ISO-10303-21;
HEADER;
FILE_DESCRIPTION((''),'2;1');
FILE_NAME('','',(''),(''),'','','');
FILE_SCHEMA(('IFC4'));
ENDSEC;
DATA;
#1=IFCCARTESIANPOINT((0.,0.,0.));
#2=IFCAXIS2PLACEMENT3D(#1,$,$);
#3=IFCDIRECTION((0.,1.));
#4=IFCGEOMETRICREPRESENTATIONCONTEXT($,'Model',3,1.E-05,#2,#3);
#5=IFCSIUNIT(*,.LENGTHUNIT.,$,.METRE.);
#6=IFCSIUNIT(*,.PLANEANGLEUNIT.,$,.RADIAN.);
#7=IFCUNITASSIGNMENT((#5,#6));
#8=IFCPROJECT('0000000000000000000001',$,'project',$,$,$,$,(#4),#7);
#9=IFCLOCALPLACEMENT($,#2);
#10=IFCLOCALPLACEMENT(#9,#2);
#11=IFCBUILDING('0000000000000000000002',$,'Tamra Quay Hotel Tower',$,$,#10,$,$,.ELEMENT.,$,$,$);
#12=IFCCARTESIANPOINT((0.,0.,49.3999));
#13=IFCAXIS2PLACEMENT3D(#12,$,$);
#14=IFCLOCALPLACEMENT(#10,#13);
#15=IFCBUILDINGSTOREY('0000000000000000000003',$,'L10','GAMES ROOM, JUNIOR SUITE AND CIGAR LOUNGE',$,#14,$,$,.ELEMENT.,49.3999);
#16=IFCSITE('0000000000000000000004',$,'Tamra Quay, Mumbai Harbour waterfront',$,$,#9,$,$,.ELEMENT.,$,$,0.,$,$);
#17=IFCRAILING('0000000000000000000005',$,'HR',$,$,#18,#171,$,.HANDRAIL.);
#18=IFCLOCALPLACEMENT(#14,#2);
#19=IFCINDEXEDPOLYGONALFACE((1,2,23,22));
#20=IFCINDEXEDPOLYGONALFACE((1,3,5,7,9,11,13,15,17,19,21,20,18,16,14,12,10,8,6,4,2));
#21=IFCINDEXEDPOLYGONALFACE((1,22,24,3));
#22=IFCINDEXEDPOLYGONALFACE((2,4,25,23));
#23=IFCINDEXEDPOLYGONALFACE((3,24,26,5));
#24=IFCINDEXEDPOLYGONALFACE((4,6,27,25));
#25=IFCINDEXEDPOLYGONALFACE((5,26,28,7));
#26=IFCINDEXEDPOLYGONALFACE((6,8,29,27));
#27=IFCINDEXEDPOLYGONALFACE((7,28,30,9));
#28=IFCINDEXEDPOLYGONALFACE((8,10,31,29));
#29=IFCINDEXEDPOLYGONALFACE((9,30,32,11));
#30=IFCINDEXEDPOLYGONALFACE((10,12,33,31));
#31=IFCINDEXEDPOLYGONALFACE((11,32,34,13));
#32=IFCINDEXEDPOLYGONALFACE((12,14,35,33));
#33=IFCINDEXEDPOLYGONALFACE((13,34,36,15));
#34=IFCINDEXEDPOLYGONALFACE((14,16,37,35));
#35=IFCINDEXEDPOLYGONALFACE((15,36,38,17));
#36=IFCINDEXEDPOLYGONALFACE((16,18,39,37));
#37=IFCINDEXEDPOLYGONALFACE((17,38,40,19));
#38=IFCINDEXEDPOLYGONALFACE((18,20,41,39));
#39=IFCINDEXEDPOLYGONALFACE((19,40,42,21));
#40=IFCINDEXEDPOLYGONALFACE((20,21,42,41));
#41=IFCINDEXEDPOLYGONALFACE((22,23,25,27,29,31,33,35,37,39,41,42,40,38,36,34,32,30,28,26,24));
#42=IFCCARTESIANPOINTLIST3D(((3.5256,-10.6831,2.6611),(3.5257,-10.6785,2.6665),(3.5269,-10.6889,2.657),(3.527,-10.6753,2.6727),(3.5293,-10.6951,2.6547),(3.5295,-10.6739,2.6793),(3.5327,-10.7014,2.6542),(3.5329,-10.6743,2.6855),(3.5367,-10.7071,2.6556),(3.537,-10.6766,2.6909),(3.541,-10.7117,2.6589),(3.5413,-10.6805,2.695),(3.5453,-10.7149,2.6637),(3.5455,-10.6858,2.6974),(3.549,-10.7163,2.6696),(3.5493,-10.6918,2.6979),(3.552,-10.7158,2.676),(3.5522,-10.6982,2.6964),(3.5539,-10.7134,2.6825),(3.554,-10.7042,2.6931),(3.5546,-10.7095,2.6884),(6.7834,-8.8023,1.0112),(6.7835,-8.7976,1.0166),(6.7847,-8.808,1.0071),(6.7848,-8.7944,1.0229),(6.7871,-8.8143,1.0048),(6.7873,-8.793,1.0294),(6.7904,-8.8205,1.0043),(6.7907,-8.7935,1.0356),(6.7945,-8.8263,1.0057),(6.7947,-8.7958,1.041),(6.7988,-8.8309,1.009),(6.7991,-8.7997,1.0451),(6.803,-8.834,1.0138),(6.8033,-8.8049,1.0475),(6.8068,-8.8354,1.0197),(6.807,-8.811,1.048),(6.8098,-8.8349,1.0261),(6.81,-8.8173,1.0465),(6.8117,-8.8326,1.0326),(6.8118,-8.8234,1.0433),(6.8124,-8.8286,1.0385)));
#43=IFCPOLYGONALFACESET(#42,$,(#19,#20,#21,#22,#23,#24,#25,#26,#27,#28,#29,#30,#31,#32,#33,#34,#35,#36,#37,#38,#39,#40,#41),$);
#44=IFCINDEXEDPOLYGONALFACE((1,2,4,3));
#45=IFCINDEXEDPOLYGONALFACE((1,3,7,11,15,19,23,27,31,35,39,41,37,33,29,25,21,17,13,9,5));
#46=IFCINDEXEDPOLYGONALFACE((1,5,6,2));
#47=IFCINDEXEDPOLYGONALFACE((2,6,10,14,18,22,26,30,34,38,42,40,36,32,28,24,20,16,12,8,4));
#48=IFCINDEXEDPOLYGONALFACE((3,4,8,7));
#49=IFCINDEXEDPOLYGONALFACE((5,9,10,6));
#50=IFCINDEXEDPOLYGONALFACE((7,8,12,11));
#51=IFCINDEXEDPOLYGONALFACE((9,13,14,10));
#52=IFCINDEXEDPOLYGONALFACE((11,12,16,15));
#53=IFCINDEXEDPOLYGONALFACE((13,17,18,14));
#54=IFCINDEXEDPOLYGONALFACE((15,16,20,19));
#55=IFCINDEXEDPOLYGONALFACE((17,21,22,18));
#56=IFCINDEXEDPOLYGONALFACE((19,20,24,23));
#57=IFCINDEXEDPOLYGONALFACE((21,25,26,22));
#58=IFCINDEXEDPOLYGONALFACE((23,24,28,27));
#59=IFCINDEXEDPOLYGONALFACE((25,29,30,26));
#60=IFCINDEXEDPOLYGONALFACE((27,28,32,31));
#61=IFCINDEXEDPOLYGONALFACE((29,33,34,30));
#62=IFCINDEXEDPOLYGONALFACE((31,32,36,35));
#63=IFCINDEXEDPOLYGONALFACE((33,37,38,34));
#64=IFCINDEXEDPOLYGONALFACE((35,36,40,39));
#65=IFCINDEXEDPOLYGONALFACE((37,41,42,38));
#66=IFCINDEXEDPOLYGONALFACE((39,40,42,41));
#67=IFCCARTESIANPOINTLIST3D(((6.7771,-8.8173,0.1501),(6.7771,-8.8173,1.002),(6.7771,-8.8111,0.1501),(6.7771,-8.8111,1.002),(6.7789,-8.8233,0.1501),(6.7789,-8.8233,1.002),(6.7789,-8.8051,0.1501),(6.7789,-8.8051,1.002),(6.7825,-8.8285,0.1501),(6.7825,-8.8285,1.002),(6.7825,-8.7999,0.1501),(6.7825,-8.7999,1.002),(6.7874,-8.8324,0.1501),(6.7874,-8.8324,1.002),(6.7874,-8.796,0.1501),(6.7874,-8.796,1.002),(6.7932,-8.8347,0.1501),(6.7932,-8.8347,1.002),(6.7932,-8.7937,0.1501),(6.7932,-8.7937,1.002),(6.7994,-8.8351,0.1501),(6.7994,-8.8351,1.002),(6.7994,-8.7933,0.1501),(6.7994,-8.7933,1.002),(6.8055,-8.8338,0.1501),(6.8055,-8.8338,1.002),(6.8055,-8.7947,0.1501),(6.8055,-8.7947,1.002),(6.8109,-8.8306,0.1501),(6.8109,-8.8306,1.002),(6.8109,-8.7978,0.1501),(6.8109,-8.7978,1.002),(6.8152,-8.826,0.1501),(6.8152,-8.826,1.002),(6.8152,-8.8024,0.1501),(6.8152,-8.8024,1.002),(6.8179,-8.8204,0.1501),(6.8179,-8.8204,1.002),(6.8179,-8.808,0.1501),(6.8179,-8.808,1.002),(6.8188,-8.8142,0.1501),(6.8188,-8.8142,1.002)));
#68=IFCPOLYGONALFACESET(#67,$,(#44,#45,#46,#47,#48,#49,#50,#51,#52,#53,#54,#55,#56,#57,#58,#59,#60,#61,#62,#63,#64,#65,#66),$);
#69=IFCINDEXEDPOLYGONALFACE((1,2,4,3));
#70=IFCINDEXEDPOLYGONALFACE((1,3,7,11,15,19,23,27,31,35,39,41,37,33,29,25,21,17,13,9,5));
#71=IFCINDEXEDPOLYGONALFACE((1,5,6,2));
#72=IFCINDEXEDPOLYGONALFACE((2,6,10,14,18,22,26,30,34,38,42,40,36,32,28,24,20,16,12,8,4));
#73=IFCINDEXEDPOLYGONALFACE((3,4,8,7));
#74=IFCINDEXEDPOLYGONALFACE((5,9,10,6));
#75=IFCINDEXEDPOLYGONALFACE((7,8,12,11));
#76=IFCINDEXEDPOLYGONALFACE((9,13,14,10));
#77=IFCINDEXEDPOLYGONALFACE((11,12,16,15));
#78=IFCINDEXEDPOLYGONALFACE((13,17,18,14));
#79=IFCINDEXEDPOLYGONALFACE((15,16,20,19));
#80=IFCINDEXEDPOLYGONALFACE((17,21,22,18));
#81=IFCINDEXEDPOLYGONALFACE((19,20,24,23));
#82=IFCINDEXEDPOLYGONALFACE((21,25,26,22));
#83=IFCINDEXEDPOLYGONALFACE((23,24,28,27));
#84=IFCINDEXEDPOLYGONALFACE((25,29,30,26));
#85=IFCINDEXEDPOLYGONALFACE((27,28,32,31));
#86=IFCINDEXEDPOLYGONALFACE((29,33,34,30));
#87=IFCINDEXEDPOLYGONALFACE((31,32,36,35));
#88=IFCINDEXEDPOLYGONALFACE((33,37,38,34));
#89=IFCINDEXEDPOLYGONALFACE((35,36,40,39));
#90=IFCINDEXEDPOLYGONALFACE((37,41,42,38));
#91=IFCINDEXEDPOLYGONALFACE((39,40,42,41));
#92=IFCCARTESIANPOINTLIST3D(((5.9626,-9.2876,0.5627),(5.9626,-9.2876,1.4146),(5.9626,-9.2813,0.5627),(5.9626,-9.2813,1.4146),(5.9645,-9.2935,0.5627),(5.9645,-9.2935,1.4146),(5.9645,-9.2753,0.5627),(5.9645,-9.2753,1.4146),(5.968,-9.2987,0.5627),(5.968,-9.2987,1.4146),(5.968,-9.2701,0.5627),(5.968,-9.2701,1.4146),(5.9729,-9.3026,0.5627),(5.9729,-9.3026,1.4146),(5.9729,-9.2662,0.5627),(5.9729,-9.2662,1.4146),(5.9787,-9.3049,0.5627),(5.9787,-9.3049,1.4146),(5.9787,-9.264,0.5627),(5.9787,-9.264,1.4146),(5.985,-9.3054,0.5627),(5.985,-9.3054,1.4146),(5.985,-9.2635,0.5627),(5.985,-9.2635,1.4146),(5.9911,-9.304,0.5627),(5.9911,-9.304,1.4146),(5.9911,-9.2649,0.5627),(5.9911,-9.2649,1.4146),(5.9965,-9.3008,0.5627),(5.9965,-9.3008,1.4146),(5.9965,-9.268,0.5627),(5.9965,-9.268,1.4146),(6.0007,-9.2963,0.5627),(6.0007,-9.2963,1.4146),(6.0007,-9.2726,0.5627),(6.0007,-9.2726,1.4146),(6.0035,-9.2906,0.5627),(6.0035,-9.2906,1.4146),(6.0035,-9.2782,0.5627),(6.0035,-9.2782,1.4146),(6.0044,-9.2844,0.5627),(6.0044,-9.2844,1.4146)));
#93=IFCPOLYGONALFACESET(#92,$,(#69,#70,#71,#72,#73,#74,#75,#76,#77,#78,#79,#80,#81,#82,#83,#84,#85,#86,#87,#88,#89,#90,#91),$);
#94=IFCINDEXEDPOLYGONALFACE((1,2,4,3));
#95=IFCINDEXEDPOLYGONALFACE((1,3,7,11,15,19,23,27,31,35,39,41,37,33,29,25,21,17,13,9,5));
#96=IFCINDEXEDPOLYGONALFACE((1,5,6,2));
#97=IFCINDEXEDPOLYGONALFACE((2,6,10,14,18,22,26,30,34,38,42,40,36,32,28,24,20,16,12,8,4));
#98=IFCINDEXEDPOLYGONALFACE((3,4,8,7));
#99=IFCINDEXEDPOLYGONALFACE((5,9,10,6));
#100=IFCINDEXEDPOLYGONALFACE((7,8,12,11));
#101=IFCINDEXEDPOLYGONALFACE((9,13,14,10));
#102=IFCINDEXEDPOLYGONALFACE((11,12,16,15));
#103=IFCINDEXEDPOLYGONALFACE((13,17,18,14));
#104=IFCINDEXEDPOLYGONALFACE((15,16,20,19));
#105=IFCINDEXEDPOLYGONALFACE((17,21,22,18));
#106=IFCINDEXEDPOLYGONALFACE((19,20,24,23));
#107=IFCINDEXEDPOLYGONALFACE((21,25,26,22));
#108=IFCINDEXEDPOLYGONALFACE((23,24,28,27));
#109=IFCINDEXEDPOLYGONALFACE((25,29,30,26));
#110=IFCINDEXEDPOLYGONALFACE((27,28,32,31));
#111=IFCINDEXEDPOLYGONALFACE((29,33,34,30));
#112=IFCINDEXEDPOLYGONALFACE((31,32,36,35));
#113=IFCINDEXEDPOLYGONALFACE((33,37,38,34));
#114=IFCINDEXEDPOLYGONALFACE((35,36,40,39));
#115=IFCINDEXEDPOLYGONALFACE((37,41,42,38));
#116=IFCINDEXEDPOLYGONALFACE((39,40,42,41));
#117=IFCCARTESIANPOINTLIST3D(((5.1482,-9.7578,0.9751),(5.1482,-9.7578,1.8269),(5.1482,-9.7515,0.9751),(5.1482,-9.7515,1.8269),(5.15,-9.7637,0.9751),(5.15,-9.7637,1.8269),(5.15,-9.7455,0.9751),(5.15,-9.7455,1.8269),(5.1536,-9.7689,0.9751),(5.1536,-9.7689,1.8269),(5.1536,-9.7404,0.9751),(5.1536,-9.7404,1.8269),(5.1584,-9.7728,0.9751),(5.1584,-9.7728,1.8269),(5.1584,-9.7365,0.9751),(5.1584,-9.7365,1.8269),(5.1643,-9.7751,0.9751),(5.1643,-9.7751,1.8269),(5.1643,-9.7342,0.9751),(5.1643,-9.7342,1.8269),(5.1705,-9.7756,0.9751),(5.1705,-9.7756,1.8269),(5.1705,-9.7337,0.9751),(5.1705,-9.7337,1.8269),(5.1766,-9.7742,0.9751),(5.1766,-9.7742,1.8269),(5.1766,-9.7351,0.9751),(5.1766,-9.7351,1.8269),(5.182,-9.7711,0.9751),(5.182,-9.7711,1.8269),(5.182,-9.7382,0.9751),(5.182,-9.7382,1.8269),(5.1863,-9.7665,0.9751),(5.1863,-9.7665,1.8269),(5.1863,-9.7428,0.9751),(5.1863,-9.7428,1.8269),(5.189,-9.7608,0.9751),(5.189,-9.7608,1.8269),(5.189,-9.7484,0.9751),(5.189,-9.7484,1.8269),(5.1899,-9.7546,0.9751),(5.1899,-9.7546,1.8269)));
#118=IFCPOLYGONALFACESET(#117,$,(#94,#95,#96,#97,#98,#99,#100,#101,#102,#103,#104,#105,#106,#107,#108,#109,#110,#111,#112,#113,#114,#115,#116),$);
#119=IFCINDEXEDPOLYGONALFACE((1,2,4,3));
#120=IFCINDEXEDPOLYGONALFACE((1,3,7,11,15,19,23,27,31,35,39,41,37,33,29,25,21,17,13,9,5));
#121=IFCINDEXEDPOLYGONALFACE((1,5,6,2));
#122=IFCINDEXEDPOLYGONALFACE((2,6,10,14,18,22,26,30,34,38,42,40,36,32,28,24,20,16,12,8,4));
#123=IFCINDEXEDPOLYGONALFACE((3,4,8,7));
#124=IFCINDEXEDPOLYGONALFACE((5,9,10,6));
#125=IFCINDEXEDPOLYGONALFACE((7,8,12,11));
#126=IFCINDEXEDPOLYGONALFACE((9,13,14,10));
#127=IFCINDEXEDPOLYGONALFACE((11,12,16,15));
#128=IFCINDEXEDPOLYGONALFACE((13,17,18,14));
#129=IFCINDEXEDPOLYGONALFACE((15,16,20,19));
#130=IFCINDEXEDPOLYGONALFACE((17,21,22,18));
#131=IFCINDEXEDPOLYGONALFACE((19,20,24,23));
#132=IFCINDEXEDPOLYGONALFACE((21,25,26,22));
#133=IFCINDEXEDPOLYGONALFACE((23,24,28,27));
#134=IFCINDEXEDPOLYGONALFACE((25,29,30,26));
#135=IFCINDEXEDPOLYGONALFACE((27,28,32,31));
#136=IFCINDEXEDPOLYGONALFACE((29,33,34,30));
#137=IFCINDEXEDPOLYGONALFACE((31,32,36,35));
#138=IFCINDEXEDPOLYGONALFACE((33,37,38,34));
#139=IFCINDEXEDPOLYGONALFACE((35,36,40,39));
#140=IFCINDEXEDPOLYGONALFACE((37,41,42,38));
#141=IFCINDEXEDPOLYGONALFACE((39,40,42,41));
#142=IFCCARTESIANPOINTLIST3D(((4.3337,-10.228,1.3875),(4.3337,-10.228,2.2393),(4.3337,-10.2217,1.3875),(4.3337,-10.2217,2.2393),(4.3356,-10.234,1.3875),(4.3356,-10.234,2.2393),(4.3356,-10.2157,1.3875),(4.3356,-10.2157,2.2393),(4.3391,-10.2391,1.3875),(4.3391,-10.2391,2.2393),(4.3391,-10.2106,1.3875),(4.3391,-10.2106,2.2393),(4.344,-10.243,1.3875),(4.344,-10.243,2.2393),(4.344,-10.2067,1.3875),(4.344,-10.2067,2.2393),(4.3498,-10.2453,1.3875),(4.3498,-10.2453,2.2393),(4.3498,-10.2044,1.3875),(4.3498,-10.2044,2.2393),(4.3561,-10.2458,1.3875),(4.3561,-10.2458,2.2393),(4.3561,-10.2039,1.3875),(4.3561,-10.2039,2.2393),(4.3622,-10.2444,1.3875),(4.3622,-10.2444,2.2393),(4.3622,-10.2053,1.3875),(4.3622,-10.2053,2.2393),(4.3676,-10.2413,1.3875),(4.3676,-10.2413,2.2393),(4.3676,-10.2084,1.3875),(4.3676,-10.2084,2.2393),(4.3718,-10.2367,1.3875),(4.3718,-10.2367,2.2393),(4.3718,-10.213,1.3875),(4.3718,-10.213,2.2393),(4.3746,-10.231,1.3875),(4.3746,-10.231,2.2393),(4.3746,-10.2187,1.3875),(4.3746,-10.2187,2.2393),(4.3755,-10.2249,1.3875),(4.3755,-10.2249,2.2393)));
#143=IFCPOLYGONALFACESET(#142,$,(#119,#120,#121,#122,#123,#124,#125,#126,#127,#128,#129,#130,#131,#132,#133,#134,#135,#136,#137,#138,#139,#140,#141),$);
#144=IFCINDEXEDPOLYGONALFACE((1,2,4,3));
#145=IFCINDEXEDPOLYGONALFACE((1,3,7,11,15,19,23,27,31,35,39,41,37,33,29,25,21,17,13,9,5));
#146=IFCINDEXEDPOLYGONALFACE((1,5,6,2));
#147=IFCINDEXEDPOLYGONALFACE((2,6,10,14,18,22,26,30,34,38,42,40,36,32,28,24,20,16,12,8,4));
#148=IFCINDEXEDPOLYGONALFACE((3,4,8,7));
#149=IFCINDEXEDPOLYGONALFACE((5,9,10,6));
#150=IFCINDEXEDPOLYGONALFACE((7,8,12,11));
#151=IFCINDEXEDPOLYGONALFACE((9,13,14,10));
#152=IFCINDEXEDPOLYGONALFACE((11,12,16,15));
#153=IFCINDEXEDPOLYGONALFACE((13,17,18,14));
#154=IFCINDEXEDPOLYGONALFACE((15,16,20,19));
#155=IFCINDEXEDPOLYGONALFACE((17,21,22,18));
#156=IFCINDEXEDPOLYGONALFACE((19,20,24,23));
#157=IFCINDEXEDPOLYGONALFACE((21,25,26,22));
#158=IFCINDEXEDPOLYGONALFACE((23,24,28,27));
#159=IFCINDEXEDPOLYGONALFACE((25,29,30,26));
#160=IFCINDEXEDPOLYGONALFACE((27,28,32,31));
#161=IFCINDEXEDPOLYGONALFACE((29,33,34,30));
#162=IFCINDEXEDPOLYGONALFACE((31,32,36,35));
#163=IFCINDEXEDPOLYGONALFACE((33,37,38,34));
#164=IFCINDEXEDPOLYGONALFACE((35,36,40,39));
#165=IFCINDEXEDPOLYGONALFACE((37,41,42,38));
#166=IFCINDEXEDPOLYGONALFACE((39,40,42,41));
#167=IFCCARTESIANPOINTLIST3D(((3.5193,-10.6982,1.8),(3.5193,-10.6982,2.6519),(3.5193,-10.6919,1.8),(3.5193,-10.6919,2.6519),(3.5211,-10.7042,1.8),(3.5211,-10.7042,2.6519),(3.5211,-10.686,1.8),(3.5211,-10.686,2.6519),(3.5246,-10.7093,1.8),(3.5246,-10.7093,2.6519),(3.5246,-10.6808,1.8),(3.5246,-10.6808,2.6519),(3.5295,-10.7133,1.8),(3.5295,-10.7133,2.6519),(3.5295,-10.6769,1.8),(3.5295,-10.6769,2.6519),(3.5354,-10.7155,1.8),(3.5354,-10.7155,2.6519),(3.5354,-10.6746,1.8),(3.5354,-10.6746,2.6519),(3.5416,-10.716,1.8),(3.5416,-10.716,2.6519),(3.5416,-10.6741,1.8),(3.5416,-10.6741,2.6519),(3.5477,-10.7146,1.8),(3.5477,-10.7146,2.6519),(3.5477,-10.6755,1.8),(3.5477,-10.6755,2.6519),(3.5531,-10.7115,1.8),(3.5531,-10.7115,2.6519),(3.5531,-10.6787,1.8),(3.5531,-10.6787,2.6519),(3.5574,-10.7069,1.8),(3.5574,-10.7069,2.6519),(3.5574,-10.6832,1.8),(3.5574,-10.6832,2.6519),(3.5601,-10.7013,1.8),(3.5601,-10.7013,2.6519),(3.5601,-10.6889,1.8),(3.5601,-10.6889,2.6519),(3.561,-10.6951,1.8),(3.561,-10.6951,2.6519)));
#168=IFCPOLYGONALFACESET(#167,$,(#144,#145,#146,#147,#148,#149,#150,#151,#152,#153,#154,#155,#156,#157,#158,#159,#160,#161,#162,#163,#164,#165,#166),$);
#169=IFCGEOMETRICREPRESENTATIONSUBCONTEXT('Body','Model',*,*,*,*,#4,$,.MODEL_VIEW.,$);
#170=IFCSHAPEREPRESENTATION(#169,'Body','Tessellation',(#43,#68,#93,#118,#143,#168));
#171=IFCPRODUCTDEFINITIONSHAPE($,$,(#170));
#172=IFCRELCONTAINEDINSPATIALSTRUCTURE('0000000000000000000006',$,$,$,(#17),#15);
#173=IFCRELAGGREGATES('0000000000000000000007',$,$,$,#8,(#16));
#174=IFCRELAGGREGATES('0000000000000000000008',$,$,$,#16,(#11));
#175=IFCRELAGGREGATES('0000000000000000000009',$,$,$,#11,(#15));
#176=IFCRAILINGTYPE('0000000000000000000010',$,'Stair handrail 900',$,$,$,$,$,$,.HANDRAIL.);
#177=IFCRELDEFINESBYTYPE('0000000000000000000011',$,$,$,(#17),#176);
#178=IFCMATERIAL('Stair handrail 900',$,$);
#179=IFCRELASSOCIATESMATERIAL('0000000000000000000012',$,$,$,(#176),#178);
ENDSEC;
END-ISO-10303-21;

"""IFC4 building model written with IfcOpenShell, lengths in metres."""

from ifc_helpers import new_model, si_unit, direction, frame, origin, origin_2d, place, context, subcontext, project, spatial, circle, extrude, material, type_object, element, save


model = new_model("IFC4")

# Units and contexts
model_context = context("Model", 3, precision=1e-05, world=origin(), true_north=direction((0.0, 1.0)))
body_context = subcontext(model_context, "Body", "Model", "MODEL_VIEW")
ifc_project = project(units=[si_unit("LENGTHUNIT", "METRE"), si_unit("PLANEANGLEUNIT", "RADIAN")], contexts=[model_context])

# Site, building, storey
site_placement = place(None, origin())
site = spatial("IfcSite", under=ifc_project, at=site_placement, Name="Tamra Quay, Mumbai Harbour waterfront", CompositionType="ELEMENT", RefElevation=0.0)
building_placement = place(site_placement, origin())
building = spatial("IfcBuilding", under=site, at=building_placement, Name="Tamra Quay Hotel Tower", CompositionType="ELEMENT")
storey_placement = place(building_placement, frame((0.0, 0.0, 49.3999)))
storey = spatial("IfcBuildingStorey", under=building, at=storey_placement, Name="L10", Description="GAMES ROOM, JUNIOR SUITE AND CIGAR LOUNGE", CompositionType="ELEMENT", Elevation=49.3999)

# Railing
ifc_material_1 = material(Name="Stair handrail 900")
railing_type_1 = type_object("IfcRailingType", Name="Stair handrail 900", PredefinedType="HANDRAIL", material=ifc_material_1)
railing_1_placement = place(storey_placement, frame((6.7979, -8.8142, 0.1501)))
element("IfcRailing", 1, at=railing_1_placement, inside=storey, type_object=railing_type_1, Name="HR", PredefinedType="HANDRAIL", context=body_context, shape_type="SweptSolid", body=[
    extrude(circle(Radius=0.0239, at=origin_2d()), frame((0.0, 0.0, 0.876), z_axis=(-0.7931, -0.457887, 0.401661), x_axis=(0.499992, -0.86603, 0.0)), (0.0, 0.0, 1.0), 4.1077),
    extrude(circle(Radius=0.021, at=origin_2d()), origin(), (0.0, 0.0, 1.0), 0.8518),
    extrude(circle(Radius=0.021, at=origin_2d()), frame((-0.8145, -0.4702, 0.4126)), (0.0, 0.0, 1.0), 0.8518),
    extrude(circle(Radius=0.021, at=origin_2d()), frame((-1.6289, -0.9404, 0.825)), (0.0, 0.0, 1.0), 0.8518),
    extrude(circle(Radius=0.021, at=origin_2d()), frame((-2.4434, -1.4106, 1.2373)), (0.0, 0.0, 1.0), 0.8518),
    extrude(circle(Radius=0.021, at=origin_2d()), frame((-3.2578, -1.8809, 1.6499)), (0.0, 0.0, 1.0), 0.8518),
])

save(model, "model.ifc")
